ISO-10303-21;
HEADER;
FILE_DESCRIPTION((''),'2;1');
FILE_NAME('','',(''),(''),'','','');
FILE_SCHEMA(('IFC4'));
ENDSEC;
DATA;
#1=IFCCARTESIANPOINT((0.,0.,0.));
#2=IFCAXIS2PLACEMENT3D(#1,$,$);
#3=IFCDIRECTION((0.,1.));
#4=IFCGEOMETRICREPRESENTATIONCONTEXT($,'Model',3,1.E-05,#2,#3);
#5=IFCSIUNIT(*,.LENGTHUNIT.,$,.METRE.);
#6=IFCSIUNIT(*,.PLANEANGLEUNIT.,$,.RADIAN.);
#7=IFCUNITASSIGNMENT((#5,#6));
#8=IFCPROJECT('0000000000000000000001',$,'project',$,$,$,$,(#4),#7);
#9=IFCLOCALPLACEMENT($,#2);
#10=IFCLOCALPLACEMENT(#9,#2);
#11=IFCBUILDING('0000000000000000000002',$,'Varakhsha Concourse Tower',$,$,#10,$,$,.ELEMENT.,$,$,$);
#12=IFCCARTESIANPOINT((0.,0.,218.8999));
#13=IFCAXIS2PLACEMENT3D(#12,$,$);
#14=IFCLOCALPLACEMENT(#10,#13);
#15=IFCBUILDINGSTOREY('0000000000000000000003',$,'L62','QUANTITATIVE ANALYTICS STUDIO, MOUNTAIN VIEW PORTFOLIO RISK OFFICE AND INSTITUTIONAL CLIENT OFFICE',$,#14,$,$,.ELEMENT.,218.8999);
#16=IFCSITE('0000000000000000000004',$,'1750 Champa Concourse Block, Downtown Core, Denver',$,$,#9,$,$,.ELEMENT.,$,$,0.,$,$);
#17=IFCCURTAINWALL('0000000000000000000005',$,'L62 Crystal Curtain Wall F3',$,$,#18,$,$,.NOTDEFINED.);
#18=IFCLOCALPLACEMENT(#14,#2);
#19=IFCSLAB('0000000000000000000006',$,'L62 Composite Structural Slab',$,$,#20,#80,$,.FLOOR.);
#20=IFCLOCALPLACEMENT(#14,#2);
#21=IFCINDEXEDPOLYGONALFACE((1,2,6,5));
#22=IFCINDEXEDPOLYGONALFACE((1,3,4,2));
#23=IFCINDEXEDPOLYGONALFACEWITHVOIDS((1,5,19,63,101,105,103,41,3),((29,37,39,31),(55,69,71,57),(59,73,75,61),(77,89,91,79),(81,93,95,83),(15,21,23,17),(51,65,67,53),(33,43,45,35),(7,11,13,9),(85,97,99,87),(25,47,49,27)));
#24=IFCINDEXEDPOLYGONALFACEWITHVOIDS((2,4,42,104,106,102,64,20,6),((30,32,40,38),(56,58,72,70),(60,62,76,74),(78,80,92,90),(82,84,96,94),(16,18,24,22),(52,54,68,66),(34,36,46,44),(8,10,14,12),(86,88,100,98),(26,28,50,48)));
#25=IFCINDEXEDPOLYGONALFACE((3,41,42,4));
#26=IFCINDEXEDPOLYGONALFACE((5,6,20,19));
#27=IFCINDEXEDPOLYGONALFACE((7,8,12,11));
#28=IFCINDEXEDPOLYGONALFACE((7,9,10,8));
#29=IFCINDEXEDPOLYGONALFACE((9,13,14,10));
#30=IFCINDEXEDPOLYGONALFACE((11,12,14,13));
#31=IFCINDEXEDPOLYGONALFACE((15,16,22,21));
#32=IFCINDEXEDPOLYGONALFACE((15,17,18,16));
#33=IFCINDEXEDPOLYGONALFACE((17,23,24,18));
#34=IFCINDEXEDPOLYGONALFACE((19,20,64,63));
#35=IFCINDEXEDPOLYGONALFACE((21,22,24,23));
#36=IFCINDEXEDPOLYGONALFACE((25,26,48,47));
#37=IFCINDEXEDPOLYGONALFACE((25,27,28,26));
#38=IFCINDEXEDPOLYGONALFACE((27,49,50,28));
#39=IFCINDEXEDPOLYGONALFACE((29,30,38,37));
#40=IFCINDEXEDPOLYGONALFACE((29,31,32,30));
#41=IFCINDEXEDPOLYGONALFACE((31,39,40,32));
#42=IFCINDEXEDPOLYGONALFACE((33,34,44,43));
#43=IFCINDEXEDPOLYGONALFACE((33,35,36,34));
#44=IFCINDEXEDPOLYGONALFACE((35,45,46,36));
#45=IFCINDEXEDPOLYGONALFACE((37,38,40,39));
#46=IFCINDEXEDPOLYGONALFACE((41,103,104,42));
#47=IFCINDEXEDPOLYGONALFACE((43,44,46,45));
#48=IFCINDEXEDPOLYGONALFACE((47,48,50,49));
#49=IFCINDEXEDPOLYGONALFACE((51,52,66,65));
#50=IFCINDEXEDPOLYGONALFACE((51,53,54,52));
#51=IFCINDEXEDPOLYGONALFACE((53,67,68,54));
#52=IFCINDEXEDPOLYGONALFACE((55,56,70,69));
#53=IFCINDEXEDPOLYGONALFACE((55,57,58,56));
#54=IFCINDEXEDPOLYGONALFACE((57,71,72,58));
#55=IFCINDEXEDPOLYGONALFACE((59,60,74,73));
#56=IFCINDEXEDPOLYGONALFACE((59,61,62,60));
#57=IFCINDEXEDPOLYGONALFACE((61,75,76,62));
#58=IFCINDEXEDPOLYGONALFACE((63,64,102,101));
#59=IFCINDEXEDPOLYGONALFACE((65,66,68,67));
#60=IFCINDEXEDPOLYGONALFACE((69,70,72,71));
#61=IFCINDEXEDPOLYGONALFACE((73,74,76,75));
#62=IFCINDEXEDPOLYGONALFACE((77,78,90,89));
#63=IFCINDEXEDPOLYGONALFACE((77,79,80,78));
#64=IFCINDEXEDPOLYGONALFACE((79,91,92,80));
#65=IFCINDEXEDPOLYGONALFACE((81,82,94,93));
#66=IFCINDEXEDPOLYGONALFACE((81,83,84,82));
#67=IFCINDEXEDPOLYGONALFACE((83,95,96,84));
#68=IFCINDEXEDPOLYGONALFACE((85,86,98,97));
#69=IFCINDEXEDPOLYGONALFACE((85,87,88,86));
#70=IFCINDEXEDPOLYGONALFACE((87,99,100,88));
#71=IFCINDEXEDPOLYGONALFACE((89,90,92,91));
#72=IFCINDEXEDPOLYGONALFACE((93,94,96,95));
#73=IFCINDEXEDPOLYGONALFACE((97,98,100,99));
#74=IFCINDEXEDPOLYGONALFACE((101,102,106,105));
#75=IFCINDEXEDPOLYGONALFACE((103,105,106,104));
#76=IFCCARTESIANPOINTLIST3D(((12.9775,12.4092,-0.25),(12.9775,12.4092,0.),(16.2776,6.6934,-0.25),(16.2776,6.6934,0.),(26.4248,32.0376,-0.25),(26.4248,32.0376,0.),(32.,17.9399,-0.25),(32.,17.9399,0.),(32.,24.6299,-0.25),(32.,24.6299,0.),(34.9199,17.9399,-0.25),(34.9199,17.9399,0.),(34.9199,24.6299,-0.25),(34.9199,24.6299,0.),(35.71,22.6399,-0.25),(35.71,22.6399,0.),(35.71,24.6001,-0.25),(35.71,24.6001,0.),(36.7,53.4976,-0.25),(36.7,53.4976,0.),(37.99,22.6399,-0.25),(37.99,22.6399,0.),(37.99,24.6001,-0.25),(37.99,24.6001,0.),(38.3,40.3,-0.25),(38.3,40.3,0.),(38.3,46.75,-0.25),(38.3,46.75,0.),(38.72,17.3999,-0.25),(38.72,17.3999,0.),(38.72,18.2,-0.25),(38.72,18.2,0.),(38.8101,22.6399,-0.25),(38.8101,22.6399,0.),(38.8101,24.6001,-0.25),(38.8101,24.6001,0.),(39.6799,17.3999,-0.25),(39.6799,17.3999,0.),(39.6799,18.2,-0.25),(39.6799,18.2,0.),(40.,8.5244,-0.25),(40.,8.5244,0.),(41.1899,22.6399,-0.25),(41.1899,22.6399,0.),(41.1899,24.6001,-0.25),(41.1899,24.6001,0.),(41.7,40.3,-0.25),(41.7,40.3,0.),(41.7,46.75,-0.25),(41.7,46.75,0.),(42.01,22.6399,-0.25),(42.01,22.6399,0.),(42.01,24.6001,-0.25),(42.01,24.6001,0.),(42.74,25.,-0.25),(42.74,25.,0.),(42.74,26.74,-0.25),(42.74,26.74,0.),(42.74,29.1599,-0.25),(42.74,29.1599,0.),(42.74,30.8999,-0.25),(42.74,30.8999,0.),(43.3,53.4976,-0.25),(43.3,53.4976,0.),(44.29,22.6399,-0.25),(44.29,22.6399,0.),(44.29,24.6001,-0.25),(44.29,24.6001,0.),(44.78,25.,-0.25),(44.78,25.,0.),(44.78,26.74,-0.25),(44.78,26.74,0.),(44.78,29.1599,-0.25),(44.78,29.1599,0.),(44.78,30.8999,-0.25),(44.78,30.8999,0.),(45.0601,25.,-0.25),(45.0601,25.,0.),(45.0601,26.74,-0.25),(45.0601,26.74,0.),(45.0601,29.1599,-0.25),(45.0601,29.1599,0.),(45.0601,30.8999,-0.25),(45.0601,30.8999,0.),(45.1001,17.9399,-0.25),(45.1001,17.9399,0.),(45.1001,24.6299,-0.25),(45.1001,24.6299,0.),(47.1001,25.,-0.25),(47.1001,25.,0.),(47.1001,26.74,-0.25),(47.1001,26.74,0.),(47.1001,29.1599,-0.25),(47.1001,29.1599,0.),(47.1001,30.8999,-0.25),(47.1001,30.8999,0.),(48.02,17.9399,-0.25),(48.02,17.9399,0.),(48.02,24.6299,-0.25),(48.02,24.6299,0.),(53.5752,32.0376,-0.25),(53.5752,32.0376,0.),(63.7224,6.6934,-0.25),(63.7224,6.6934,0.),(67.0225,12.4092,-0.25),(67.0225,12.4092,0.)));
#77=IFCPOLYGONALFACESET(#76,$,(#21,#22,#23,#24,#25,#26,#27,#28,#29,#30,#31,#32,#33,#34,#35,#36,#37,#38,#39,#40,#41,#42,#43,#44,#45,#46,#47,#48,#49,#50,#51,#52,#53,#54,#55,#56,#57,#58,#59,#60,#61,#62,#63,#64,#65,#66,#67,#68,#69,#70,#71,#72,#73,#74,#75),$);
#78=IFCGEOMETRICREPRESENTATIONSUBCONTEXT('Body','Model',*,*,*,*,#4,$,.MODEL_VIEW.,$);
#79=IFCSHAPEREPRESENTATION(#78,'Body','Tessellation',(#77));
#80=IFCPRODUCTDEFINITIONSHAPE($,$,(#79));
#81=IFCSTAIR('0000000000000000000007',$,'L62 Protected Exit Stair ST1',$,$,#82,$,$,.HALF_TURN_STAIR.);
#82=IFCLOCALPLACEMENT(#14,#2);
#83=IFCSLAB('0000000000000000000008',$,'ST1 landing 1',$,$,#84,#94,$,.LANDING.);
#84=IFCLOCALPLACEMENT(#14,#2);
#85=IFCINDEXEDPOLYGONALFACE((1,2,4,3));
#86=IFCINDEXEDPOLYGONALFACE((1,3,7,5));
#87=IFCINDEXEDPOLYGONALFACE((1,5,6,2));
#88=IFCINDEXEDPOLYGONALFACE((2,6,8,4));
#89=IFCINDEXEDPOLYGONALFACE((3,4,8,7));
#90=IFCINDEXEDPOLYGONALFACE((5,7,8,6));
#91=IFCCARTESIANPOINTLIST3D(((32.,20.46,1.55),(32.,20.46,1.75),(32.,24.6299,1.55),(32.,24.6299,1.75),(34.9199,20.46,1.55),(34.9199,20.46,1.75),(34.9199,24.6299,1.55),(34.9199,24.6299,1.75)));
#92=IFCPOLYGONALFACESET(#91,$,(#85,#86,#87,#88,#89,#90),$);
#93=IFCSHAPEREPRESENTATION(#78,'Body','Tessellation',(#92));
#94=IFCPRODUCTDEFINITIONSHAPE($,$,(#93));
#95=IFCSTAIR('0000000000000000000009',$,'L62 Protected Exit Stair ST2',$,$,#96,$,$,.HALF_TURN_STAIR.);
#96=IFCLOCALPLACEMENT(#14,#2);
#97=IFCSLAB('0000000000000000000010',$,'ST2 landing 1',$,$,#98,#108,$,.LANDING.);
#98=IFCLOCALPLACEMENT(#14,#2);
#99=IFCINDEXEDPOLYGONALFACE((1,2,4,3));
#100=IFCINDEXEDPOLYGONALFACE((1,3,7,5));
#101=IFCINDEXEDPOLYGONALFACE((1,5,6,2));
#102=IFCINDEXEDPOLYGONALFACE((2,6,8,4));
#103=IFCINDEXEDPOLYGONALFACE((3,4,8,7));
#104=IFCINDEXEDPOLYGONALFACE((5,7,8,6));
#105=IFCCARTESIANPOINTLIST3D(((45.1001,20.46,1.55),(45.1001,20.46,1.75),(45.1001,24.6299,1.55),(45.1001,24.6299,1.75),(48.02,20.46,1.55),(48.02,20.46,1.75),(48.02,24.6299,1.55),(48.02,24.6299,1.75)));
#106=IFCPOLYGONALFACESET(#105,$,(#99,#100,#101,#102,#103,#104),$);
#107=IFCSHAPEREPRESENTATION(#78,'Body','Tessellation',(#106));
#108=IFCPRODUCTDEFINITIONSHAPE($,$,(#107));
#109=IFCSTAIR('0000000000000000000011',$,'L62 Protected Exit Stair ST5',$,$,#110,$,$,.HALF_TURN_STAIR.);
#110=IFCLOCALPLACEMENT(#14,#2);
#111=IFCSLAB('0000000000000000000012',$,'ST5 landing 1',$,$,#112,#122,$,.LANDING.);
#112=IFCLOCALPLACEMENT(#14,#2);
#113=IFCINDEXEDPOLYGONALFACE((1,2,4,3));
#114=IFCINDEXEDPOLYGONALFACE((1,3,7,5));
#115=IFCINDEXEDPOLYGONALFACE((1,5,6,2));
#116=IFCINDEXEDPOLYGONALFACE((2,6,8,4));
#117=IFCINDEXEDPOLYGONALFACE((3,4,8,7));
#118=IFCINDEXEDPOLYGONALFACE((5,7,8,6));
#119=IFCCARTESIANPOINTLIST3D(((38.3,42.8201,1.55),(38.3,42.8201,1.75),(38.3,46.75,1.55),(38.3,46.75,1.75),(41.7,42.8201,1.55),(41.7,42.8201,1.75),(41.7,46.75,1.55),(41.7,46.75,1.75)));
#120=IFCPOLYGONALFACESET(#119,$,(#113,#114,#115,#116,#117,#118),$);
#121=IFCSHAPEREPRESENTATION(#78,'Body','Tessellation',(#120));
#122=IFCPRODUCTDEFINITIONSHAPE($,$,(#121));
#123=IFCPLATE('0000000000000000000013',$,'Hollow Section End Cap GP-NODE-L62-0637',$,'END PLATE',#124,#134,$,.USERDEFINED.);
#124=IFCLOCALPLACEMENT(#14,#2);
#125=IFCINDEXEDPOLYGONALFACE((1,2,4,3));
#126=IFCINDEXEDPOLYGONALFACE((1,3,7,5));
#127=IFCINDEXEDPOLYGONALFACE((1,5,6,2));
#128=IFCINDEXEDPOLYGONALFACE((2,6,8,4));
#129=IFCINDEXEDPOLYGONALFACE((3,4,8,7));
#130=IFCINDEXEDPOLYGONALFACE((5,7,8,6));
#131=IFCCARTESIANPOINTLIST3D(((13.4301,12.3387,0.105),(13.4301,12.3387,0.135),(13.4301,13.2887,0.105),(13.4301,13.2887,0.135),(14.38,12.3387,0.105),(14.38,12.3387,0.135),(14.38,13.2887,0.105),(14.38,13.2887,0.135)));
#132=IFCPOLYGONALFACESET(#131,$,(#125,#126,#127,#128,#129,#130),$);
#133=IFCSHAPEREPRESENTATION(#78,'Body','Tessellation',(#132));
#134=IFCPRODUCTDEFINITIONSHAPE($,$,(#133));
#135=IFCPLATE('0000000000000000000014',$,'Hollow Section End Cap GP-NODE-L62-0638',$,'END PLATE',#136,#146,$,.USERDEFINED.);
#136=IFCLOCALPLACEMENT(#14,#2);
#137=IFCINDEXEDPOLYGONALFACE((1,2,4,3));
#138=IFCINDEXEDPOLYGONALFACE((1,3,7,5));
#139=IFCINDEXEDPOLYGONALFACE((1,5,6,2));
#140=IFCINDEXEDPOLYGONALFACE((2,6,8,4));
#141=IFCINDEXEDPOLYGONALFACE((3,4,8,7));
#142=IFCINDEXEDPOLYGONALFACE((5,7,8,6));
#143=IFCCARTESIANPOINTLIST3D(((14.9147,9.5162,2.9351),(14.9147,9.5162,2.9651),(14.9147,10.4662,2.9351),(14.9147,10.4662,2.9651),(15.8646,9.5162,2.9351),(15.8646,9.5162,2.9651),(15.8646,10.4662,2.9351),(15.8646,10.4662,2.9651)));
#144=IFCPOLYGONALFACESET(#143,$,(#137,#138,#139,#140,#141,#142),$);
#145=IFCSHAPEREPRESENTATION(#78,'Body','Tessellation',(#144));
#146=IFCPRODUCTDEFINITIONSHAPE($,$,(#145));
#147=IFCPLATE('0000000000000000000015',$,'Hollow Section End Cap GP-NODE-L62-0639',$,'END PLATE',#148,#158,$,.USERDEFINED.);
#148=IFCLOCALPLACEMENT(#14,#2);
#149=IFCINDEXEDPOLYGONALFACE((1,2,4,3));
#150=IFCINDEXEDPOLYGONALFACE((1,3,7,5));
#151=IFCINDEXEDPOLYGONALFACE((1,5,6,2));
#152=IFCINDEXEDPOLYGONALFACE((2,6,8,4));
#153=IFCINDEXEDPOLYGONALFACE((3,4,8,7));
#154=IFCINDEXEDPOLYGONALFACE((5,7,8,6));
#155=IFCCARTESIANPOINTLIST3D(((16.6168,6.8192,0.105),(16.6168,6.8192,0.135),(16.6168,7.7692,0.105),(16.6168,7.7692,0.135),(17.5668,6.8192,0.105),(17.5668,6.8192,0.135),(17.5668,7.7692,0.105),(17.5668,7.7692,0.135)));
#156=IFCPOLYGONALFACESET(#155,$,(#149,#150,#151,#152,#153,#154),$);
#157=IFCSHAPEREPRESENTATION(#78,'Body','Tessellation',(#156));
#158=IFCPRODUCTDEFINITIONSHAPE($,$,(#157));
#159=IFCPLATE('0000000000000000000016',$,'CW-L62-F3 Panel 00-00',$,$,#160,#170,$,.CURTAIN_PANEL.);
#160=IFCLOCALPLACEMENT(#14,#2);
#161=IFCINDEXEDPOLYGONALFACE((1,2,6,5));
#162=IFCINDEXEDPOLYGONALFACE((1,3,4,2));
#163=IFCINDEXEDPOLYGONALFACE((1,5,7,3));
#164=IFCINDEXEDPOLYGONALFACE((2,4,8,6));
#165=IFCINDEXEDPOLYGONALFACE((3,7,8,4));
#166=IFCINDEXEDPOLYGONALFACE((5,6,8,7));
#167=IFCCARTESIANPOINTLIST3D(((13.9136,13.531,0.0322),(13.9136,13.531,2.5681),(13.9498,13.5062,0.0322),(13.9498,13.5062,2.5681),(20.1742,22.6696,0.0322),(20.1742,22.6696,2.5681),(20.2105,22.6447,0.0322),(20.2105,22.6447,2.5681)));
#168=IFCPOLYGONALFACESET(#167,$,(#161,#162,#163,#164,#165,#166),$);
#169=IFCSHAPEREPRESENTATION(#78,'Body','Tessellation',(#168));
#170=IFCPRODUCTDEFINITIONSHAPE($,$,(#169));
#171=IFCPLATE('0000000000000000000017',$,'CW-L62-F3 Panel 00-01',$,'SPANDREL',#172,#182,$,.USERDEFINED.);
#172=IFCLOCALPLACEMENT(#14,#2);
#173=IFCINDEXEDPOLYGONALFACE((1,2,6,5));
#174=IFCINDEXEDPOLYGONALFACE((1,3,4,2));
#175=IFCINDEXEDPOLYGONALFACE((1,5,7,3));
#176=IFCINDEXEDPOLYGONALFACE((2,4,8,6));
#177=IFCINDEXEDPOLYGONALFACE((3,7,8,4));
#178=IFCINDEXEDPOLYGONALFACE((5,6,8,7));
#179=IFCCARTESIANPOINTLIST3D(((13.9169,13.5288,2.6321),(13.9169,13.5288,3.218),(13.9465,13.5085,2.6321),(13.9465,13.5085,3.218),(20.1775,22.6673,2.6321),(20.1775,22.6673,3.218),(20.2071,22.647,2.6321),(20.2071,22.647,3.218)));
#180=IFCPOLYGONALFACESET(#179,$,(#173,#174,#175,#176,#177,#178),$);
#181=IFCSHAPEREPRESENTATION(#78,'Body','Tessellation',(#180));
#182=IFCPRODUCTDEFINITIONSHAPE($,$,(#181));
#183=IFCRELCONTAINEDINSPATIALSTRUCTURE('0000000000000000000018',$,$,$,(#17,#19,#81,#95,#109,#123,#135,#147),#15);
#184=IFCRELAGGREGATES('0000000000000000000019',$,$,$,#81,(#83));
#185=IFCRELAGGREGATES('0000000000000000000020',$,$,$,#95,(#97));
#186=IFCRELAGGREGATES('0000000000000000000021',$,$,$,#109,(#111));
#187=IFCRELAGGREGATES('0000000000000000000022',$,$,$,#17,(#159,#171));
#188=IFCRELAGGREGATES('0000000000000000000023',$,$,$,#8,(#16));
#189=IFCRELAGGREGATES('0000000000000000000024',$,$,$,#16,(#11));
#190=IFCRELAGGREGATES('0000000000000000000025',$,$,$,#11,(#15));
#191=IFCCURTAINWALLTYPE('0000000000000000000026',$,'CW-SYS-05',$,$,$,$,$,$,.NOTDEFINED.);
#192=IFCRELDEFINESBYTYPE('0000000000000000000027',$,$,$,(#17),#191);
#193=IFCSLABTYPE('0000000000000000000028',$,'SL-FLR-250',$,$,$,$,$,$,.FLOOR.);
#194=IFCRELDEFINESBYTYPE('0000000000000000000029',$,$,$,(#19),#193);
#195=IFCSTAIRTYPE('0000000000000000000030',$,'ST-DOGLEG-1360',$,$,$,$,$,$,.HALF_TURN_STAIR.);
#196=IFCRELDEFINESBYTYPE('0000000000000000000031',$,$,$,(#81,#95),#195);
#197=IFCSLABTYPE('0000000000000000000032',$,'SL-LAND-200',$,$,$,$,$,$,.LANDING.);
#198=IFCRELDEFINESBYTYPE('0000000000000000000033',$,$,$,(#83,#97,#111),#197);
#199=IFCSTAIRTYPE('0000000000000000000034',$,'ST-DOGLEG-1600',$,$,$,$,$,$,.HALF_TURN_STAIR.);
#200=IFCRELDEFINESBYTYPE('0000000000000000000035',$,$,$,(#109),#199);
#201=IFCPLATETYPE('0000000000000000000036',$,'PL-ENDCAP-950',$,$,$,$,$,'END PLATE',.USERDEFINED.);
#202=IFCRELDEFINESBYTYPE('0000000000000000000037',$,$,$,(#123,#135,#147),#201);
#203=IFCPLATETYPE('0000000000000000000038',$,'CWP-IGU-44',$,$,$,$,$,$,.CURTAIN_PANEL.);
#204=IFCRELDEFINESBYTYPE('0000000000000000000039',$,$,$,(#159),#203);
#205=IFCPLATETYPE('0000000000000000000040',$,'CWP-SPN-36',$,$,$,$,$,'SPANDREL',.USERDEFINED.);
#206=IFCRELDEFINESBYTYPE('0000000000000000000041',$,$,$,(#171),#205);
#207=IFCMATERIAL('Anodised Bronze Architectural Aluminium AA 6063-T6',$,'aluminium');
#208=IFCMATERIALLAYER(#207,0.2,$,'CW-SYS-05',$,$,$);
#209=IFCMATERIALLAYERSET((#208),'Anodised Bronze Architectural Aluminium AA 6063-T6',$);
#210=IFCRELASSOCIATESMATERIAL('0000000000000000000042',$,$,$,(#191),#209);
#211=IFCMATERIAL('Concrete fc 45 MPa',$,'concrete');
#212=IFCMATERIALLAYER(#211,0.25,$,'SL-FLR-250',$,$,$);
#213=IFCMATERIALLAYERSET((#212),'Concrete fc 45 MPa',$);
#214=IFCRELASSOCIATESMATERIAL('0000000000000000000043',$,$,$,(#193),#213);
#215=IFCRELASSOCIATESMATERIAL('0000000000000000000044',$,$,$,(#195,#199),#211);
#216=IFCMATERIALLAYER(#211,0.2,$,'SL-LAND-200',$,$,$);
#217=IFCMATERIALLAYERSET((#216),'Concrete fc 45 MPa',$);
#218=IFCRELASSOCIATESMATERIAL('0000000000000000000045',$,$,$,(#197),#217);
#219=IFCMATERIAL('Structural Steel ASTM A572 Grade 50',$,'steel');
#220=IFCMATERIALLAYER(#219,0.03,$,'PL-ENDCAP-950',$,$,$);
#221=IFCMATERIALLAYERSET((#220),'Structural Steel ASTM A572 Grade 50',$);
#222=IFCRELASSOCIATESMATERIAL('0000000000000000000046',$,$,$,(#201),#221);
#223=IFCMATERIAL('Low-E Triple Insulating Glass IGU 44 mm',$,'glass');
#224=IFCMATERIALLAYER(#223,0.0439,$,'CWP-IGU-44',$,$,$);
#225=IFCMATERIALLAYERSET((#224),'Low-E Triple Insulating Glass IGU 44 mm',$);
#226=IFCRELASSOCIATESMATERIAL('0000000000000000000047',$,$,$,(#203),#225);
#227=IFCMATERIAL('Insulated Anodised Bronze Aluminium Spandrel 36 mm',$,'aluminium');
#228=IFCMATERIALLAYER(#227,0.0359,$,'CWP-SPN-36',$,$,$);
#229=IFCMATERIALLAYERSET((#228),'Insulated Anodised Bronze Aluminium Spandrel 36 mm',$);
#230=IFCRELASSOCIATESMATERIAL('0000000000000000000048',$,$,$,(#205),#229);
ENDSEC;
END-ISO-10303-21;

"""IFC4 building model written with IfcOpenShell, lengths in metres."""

from ifc_helpers import new_model, si_unit, direction, frame, origin, origin_2d, place, context, subcontext, project, spatial, polyline, rectangle, outline, extrude, source, transform, mapped, material, layer, layer_set, type_object, type_shapes, element, aggregate, save


model = new_model("IFC4")

# Units and contexts
model_context = context("Model", 3, precision=1e-05, world=origin(), true_north=direction((0.0, 1.0)))
body_context = subcontext(model_context, "Body", "Model", "MODEL_VIEW")
ifc_project = project(units=[si_unit("LENGTHUNIT", "METRE"), si_unit("PLANEANGLEUNIT", "RADIAN")], contexts=[model_context])

# Site, building, storey
site_placement = place(None, origin())
site = spatial("IfcSite", under=ifc_project, at=site_placement, Name="1750 Champa Concourse Block, Downtown Core, Denver", CompositionType="ELEMENT", RefElevation=0.0)
building_placement = place(site_placement, origin())
building = spatial("IfcBuilding", under=site, at=building_placement, Name="Varakhsha Concourse Tower", CompositionType="ELEMENT")
storey_placement = place(building_placement, frame((0.0, 0.0, 218.8999)))
storey = spatial("IfcBuildingStorey", under=building, at=storey_placement, Name="L62", Description="QUANTITATIVE ANALYTICS STUDIO, MOUNTAIN VIEW PORTFOLIO RISK OFFICE AND INSTITUTIONAL CLIENT OFFICE", CompositionType="ELEMENT", Elevation=218.8999)

# Shared definitions
ifc_material_1 = material(Name="Structural Steel ASTM A572 Grade 50", Category="steel")

# Curtain wall
ifc_material_2 = material(Name="Anodised Bronze Architectural Aluminium AA 6063-T6", Category="aluminium")
ifc_layer_1 = layer(ifc_material_2, 0.2, Name="CW-SYS-05")
ifc_layer_set_1 = layer_set([ifc_layer_1], Name="Anodised Bronze Architectural Aluminium AA 6063-T6")
curtain_wall_type = type_object("IfcCurtainWallType", Name="CW-SYS-05", PredefinedType="NOTDEFINED", material=ifc_layer_set_1)
curtain_wall_1_placement = place(storey_placement, origin())
curtain_wall_1 = element("IfcCurtainWall", 1, at=curtain_wall_1_placement, inside=storey, type_object=curtain_wall_type, Name="L62 Crystal Curtain Wall F3", PredefinedType="NOTDEFINED")

# Slab
ifc_material_3 = material(Name="Concrete fc 45 MPa", Category="concrete")
ifc_layer_2 = layer(ifc_material_3, 0.25, Name="SL-FLR-250")
ifc_layer_set_2 = layer_set([ifc_layer_2], Name="Concrete fc 45 MPa")
slab_type_1 = type_object("IfcSlabType", Name="SL-FLR-250", PredefinedType="FLOOR", material=ifc_layer_set_2)
slab_1_placement = place(storey_placement, frame((0.0, 0.0, -0.25)))
element("IfcSlab", 2, at=slab_1_placement, inside=storey, type_object=slab_type_1, Name="L62 Composite Structural Slab", PredefinedType="FLOOR", context=body_context, shape_type="SweptSolid", body=[
    extrude(outline(polyline([(43.3, 53.4976), (36.7, 53.4976), (26.4248, 32.0376), (12.9775, 12.4092), (16.2776, 6.6934), (40.0, 8.5244), (63.7224, 6.6934), (67.0225, 12.4092), (53.5752, 32.0376), (43.3, 53.4976)]), holes=[polyline([(34.9199, 17.9399), (34.9199, 24.6299), (32.0, 24.6299), (32.0, 17.9399), (34.9199, 17.9399)]), polyline([(48.02, 17.9399), (48.02, 24.6299), (45.1001, 24.6299), (45.1001, 17.9399), (48.02, 17.9399)]), polyline([(41.7, 40.3), (41.7, 46.75), (38.3, 46.75), (38.3, 40.3), (41.7, 40.3)]), polyline([(42.74, 29.1599), (44.78, 29.1599), (44.78, 30.8999), (42.74, 30.8999), (42.74, 29.1599)]), polyline([(45.0601, 29.1599), (47.1001, 29.1599), (47.1001, 30.8999), (45.0601, 30.8999), (45.0601, 29.1599)]), polyline([(42.74, 25.0), (44.78, 25.0), (44.78, 26.74), (42.74, 26.74), (42.74, 25.0)]), polyline([(45.0601, 25.0), (47.1001, 25.0), (47.1001, 26.74), (45.0601, 26.74), (45.0601, 25.0)]), polyline([(35.71, 22.6399), (37.99, 22.6399), (37.99, 24.6001), (35.71, 24.6001), (35.71, 22.6399)]), polyline([(42.01, 22.6399), (44.29, 22.6399), (44.29, 24.6001), (42.01, 24.6001), (42.01, 22.6399)]), polyline([(38.8101, 22.6399), (41.1899, 22.6399), (41.1899, 24.6001), (38.8101, 24.6001), (38.8101, 22.6399)]), polyline([(38.72, 17.3999), (39.6799, 17.3999), (39.6799, 18.2), (38.72, 18.2), (38.72, 17.3999)])]), origin(), (0.0, 0.0, 1.0), 0.25),
])

# Stairs, slabs
stair_type_1 = type_object("IfcStairType", Name="ST-DOGLEG-1360", PredefinedType="HALF_TURN_STAIR", material=ifc_material_3)
stair_1_placement = place(storey_placement, origin())
stair_1 = element("IfcStair", 3, at=stair_1_placement, inside=storey, type_object=stair_type_1, Name="L62 Protected Exit Stair ST1", PredefinedType="HALF_TURN_STAIR")
ifc_layer_3 = layer(ifc_material_3, 0.2, Name="SL-LAND-200")
ifc_layer_set_3 = layer_set([ifc_layer_3], Name="Concrete fc 45 MPa")
slab_type_2 = type_object("IfcSlabType", Name="SL-LAND-200", PredefinedType="LANDING", material=ifc_layer_set_3)
slab_2_placement = place(storey_placement, frame((0.0, 0.0, 1.55)))
slab_2 = element("IfcSlab", 4, at=slab_2_placement, type_object=slab_type_2, Name="ST1 landing 1", PredefinedType="LANDING", context=body_context, shape_type="SweptSolid", body=[
    extrude(outline(polyline([(34.9199, 20.46), (34.9199, 24.6299), (32.0, 24.6299), (32.0, 20.46), (34.9199, 20.46)])), origin(), (0.0, 0.0, 1.0), 0.2),
])
aggregate(stair_1, [slab_2])
stair_2_placement = place(storey_placement, origin())
stair_2 = element("IfcStair", 5, at=stair_2_placement, inside=storey, type_object=stair_type_1, Name="L62 Protected Exit Stair ST2", PredefinedType="HALF_TURN_STAIR")
slab_3_placement = place(storey_placement, frame((0.0, 0.0, 1.55)))
slab_3 = element("IfcSlab", 6, at=slab_3_placement, type_object=slab_type_2, Name="ST2 landing 1", PredefinedType="LANDING", context=body_context, shape_type="SweptSolid", body=[
    extrude(outline(polyline([(48.02, 20.46), (48.02, 24.6299), (45.1001, 24.6299), (45.1001, 20.46), (48.02, 20.46)])), origin(), (0.0, 0.0, 1.0), 0.2),
])
aggregate(stair_2, [slab_3])
stair_type_2 = type_object("IfcStairType", Name="ST-DOGLEG-1600", PredefinedType="HALF_TURN_STAIR", material=ifc_material_3)
stair_3_placement = place(storey_placement, origin())
stair_3 = element("IfcStair", 7, at=stair_3_placement, inside=storey, type_object=stair_type_2, Name="L62 Protected Exit Stair ST5", PredefinedType="HALF_TURN_STAIR")
slab_4_placement = place(storey_placement, frame((0.0, 0.0, 1.55)))
slab_4 = element("IfcSlab", 8, at=slab_4_placement, type_object=slab_type_2, Name="ST5 landing 1", PredefinedType="LANDING", context=body_context, shape_type="SweptSolid", body=[
    extrude(outline(polyline([(41.7, 42.8201), (41.7, 46.75), (38.3, 46.75), (38.3, 42.8201), (41.7, 42.8201)])), origin(), (0.0, 0.0, 1.0), 0.2),
])
aggregate(stair_3, [slab_4])

# Plates
ifc_layer_4 = layer(ifc_material_1, 0.03, Name="PL-ENDCAP-950")
ifc_layer_set_4 = layer_set([ifc_layer_4], Name="Structural Steel ASTM A572 Grade 50")
plate_type_1 = type_object("IfcPlateType", Name="PL-ENDCAP-950", ElementType="END PLATE", PredefinedType="USERDEFINED", material=ifc_layer_set_4)
shared_shape_1 = source(origin(), body_context, "Body", "SweptSolid", [
    extrude(rectangle(XDim=0.95, YDim=0.95, at=origin_2d()), origin(), (0.0, 0.0, 1.0), 0.03),
])
type_shapes(plate_type_1, [shared_shape_1])
for number, where, z_axis, x_axis, name in (
    (9, (13.905, 12.8137, 0.105), (0.0, 0.0, 1.0), (1.0, 0.0, 0.0), "Hollow Section End Cap GP-NODE-L62-0637"),
    (10, (15.3896, 9.9912, 2.9351), (0.0, 0.0, 1.0), (1.0, 0.0, 0.0), "Hollow Section End Cap GP-NODE-L62-0638"),
    (11, (17.0918, 7.2942, 0.105), (0.0, 0.0, 1.0), (1.0, 0.0, 0.0), "Hollow Section End Cap GP-NODE-L62-0639"),
):
    element("IfcPlate", number, at=place(storey_placement, frame(where, z_axis=z_axis, x_axis=x_axis)), inside=storey, type_object=plate_type_1, Name=name, ObjectType="END PLATE", PredefinedType="USERDEFINED", context=body_context, shape_type="MappedRepresentation", body=[
        mapped(shared_shape_1, transform((0.0, 0.0, 0.0), scale=1.0)),
    ])

# Plates
ifc_material_4 = material(Name="Low-E Triple Insulating Glass IGU 44 mm", Category="glass")
ifc_layer_5 = layer(ifc_material_4, 0.0439, Name="CWP-IGU-44")
ifc_layer_set_5 = layer_set([ifc_layer_5], Name="Low-E Triple Insulating Glass IGU 44 mm")
plate_type_2 = type_object("IfcPlateType", Name="CWP-IGU-44", PredefinedType="CURTAIN_PANEL", material=ifc_layer_set_5)
shared_shape_2 = source(origin(), body_context, "Body", "SweptSolid", [
    extrude(rectangle(XDim=11.0774, YDim=0.0439, at=origin_2d()), origin(), (0.0, 0.0, 1.0), 2.5359),
])
type_shapes(plate_type_2, [shared_shape_2])
plate_1_placement = place(storey_placement, frame((17.062, 18.0879, 0.0322), z_axis=(0.0, 0.0, 1.0), x_axis=(0.565173, 0.824972, 0.0)))
plate_1 = element("IfcPlate", 12, at=plate_1_placement, type_object=plate_type_2, Name="CW-L62-F3 Panel 00-00", PredefinedType="CURTAIN_PANEL", context=body_context, shape_type="MappedRepresentation", body=[
    mapped(shared_shape_2, transform((0.0, 0.0, 0.0), scale=1.0)),
])
ifc_material_5 = material(Name="Insulated Anodised Bronze Aluminium Spandrel 36 mm", Category="aluminium")
ifc_layer_6 = layer(ifc_material_5, 0.0359, Name="CWP-SPN-36")
ifc_layer_set_6 = layer_set([ifc_layer_6], Name="Insulated Anodised Bronze Aluminium Spandrel 36 mm")
plate_type_3 = type_object("IfcPlateType", Name="CWP-SPN-36", ElementType="SPANDREL", PredefinedType="USERDEFINED", material=ifc_layer_set_6)
shared_shape_3 = source(origin(), body_context, "Body", "SweptSolid", [
    extrude(rectangle(XDim=11.0774, YDim=0.0359, at=origin_2d()), origin(), (0.0, 0.0, 1.0), 0.5859),
])
plate_2_placement = place(storey_placement, frame((17.062, 18.0879, 2.6321), z_axis=(0.0, 0.0, 1.0), x_axis=(0.565173, 0.824972, 0.0)))
plate_2 = element("IfcPlate", 13, at=plate_2_placement, type_object=plate_type_3, Name="CW-L62-F3 Panel 00-01", ObjectType="SPANDREL", PredefinedType="USERDEFINED", context=body_context, shape_type="MappedRepresentation", body=[
    mapped(shared_shape_3, transform((0.0, 0.0, 0.0), scale=1.0)),
])
aggregate(curtain_wall_1, [plate_1, plate_2])

save(model, "model.ifc")
